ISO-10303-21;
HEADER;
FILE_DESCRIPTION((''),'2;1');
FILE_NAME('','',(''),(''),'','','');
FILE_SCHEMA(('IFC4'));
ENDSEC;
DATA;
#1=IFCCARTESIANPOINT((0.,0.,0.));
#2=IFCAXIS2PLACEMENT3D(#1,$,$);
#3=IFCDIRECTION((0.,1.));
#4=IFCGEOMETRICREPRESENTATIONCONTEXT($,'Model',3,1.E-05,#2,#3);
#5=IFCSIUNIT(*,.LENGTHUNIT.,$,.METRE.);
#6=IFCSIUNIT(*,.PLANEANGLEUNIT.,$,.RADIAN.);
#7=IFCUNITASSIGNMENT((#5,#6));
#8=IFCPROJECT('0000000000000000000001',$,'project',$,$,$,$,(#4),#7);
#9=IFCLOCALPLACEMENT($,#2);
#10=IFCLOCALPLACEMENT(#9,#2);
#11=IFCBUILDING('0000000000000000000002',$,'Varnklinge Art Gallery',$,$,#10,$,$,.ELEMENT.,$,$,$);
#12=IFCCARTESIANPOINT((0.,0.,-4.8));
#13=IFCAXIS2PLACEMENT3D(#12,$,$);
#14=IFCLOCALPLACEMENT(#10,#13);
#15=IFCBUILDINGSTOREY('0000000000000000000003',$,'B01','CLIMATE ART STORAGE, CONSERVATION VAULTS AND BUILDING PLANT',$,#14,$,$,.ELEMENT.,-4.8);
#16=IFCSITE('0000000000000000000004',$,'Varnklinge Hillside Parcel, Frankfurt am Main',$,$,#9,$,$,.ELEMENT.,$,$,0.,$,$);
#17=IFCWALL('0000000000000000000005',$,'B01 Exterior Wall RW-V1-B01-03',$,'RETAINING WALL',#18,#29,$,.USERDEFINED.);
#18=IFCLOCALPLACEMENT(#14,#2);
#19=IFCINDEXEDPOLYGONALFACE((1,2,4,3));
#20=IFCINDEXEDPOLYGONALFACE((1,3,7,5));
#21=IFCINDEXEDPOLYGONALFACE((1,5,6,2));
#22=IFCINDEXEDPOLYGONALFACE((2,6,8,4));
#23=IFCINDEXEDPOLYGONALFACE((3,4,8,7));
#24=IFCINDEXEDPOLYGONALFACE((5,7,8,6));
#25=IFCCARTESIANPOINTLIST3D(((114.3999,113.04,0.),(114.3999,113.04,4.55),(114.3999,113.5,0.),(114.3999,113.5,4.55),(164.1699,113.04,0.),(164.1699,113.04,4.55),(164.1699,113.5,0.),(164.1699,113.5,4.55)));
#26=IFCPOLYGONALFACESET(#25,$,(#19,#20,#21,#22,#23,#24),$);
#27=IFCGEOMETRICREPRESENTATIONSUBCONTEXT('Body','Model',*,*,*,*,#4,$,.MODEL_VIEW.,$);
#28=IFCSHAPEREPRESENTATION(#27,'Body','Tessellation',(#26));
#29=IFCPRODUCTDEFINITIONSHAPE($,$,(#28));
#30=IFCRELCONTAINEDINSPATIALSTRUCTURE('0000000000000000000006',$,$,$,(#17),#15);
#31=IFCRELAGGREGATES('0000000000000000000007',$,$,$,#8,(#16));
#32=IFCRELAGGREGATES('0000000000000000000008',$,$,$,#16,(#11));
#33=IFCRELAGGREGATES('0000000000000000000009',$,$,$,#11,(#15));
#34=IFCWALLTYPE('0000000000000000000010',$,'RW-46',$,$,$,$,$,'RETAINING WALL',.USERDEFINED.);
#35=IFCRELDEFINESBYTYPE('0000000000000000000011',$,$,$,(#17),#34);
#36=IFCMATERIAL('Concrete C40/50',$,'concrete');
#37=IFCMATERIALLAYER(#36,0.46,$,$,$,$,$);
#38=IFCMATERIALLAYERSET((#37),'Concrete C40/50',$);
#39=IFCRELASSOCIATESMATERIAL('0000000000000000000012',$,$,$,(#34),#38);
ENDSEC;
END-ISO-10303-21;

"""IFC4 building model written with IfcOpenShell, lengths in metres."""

from ifc_helpers import new_model, si_unit, direction, frame, frame_2d, origin, place, context, subcontext, project, spatial, rectangle, extrude, material, layer, layer_set, type_object, element, save


model = new_model("IFC4")

# Units and contexts
model_context = context("Model", 3, precision=1e-05, world=origin(), true_north=direction((0.0, 1.0)))
body_context = subcontext(model_context, "Body", "Model", "MODEL_VIEW")
ifc_project = project(units=[si_unit("LENGTHUNIT", "METRE"), si_unit("PLANEANGLEUNIT", "RADIAN")], contexts=[model_context])

# Site, building, storey
site_placement = place(None, origin())
site = spatial("IfcSite", under=ifc_project, at=site_placement, Name="Varnklinge Hillside Parcel, Frankfurt am Main", CompositionType="ELEMENT", RefElevation=0.0)
building_placement = place(site_placement, origin())
building = spatial("IfcBuilding", under=site, at=building_placement, Name="Varnklinge Art Gallery", CompositionType="ELEMENT")
storey_placement = place(building_placement, frame((0.0, 0.0, -4.8)))
storey = spatial("IfcBuildingStorey", under=building, at=storey_placement, Name="B01", Description="CLIMATE ART STORAGE, CONSERVATION VAULTS AND BUILDING PLANT", CompositionType="ELEMENT", Elevation=-4.8)

# Wall
ifc_material_1 = material(Name="Concrete C40/50", Category="concrete")
ifc_layer_1 = layer(ifc_material_1, 0.46)
ifc_layer_set_1 = layer_set([ifc_layer_1], Name="Concrete C40/50")
wall_type = type_object("IfcWallType", Name="RW-46", ElementType="RETAINING WALL", PredefinedType="USERDEFINED", material=ifc_layer_set_1)
wall_placement = place(storey_placement, frame((114.3999, 113.27, 0.0), z_axis=(0.0, 0.0, 1.0), x_axis=(1.0, 0.0, 0.0)))
element("IfcWall", 1, at=wall_placement, inside=storey, type_object=wall_type, Name="B01 Exterior Wall RW-V1-B01-03", ObjectType="RETAINING WALL", PredefinedType="USERDEFINED", context=body_context, shape_type="SweptSolid", body=[
    extrude(rectangle(XDim=49.77, YDim=0.46, at=frame_2d((24.885, 0.0))), origin(), (0.0, 0.0, 1.0), 4.55),
])

save(model, "model.ifc")
